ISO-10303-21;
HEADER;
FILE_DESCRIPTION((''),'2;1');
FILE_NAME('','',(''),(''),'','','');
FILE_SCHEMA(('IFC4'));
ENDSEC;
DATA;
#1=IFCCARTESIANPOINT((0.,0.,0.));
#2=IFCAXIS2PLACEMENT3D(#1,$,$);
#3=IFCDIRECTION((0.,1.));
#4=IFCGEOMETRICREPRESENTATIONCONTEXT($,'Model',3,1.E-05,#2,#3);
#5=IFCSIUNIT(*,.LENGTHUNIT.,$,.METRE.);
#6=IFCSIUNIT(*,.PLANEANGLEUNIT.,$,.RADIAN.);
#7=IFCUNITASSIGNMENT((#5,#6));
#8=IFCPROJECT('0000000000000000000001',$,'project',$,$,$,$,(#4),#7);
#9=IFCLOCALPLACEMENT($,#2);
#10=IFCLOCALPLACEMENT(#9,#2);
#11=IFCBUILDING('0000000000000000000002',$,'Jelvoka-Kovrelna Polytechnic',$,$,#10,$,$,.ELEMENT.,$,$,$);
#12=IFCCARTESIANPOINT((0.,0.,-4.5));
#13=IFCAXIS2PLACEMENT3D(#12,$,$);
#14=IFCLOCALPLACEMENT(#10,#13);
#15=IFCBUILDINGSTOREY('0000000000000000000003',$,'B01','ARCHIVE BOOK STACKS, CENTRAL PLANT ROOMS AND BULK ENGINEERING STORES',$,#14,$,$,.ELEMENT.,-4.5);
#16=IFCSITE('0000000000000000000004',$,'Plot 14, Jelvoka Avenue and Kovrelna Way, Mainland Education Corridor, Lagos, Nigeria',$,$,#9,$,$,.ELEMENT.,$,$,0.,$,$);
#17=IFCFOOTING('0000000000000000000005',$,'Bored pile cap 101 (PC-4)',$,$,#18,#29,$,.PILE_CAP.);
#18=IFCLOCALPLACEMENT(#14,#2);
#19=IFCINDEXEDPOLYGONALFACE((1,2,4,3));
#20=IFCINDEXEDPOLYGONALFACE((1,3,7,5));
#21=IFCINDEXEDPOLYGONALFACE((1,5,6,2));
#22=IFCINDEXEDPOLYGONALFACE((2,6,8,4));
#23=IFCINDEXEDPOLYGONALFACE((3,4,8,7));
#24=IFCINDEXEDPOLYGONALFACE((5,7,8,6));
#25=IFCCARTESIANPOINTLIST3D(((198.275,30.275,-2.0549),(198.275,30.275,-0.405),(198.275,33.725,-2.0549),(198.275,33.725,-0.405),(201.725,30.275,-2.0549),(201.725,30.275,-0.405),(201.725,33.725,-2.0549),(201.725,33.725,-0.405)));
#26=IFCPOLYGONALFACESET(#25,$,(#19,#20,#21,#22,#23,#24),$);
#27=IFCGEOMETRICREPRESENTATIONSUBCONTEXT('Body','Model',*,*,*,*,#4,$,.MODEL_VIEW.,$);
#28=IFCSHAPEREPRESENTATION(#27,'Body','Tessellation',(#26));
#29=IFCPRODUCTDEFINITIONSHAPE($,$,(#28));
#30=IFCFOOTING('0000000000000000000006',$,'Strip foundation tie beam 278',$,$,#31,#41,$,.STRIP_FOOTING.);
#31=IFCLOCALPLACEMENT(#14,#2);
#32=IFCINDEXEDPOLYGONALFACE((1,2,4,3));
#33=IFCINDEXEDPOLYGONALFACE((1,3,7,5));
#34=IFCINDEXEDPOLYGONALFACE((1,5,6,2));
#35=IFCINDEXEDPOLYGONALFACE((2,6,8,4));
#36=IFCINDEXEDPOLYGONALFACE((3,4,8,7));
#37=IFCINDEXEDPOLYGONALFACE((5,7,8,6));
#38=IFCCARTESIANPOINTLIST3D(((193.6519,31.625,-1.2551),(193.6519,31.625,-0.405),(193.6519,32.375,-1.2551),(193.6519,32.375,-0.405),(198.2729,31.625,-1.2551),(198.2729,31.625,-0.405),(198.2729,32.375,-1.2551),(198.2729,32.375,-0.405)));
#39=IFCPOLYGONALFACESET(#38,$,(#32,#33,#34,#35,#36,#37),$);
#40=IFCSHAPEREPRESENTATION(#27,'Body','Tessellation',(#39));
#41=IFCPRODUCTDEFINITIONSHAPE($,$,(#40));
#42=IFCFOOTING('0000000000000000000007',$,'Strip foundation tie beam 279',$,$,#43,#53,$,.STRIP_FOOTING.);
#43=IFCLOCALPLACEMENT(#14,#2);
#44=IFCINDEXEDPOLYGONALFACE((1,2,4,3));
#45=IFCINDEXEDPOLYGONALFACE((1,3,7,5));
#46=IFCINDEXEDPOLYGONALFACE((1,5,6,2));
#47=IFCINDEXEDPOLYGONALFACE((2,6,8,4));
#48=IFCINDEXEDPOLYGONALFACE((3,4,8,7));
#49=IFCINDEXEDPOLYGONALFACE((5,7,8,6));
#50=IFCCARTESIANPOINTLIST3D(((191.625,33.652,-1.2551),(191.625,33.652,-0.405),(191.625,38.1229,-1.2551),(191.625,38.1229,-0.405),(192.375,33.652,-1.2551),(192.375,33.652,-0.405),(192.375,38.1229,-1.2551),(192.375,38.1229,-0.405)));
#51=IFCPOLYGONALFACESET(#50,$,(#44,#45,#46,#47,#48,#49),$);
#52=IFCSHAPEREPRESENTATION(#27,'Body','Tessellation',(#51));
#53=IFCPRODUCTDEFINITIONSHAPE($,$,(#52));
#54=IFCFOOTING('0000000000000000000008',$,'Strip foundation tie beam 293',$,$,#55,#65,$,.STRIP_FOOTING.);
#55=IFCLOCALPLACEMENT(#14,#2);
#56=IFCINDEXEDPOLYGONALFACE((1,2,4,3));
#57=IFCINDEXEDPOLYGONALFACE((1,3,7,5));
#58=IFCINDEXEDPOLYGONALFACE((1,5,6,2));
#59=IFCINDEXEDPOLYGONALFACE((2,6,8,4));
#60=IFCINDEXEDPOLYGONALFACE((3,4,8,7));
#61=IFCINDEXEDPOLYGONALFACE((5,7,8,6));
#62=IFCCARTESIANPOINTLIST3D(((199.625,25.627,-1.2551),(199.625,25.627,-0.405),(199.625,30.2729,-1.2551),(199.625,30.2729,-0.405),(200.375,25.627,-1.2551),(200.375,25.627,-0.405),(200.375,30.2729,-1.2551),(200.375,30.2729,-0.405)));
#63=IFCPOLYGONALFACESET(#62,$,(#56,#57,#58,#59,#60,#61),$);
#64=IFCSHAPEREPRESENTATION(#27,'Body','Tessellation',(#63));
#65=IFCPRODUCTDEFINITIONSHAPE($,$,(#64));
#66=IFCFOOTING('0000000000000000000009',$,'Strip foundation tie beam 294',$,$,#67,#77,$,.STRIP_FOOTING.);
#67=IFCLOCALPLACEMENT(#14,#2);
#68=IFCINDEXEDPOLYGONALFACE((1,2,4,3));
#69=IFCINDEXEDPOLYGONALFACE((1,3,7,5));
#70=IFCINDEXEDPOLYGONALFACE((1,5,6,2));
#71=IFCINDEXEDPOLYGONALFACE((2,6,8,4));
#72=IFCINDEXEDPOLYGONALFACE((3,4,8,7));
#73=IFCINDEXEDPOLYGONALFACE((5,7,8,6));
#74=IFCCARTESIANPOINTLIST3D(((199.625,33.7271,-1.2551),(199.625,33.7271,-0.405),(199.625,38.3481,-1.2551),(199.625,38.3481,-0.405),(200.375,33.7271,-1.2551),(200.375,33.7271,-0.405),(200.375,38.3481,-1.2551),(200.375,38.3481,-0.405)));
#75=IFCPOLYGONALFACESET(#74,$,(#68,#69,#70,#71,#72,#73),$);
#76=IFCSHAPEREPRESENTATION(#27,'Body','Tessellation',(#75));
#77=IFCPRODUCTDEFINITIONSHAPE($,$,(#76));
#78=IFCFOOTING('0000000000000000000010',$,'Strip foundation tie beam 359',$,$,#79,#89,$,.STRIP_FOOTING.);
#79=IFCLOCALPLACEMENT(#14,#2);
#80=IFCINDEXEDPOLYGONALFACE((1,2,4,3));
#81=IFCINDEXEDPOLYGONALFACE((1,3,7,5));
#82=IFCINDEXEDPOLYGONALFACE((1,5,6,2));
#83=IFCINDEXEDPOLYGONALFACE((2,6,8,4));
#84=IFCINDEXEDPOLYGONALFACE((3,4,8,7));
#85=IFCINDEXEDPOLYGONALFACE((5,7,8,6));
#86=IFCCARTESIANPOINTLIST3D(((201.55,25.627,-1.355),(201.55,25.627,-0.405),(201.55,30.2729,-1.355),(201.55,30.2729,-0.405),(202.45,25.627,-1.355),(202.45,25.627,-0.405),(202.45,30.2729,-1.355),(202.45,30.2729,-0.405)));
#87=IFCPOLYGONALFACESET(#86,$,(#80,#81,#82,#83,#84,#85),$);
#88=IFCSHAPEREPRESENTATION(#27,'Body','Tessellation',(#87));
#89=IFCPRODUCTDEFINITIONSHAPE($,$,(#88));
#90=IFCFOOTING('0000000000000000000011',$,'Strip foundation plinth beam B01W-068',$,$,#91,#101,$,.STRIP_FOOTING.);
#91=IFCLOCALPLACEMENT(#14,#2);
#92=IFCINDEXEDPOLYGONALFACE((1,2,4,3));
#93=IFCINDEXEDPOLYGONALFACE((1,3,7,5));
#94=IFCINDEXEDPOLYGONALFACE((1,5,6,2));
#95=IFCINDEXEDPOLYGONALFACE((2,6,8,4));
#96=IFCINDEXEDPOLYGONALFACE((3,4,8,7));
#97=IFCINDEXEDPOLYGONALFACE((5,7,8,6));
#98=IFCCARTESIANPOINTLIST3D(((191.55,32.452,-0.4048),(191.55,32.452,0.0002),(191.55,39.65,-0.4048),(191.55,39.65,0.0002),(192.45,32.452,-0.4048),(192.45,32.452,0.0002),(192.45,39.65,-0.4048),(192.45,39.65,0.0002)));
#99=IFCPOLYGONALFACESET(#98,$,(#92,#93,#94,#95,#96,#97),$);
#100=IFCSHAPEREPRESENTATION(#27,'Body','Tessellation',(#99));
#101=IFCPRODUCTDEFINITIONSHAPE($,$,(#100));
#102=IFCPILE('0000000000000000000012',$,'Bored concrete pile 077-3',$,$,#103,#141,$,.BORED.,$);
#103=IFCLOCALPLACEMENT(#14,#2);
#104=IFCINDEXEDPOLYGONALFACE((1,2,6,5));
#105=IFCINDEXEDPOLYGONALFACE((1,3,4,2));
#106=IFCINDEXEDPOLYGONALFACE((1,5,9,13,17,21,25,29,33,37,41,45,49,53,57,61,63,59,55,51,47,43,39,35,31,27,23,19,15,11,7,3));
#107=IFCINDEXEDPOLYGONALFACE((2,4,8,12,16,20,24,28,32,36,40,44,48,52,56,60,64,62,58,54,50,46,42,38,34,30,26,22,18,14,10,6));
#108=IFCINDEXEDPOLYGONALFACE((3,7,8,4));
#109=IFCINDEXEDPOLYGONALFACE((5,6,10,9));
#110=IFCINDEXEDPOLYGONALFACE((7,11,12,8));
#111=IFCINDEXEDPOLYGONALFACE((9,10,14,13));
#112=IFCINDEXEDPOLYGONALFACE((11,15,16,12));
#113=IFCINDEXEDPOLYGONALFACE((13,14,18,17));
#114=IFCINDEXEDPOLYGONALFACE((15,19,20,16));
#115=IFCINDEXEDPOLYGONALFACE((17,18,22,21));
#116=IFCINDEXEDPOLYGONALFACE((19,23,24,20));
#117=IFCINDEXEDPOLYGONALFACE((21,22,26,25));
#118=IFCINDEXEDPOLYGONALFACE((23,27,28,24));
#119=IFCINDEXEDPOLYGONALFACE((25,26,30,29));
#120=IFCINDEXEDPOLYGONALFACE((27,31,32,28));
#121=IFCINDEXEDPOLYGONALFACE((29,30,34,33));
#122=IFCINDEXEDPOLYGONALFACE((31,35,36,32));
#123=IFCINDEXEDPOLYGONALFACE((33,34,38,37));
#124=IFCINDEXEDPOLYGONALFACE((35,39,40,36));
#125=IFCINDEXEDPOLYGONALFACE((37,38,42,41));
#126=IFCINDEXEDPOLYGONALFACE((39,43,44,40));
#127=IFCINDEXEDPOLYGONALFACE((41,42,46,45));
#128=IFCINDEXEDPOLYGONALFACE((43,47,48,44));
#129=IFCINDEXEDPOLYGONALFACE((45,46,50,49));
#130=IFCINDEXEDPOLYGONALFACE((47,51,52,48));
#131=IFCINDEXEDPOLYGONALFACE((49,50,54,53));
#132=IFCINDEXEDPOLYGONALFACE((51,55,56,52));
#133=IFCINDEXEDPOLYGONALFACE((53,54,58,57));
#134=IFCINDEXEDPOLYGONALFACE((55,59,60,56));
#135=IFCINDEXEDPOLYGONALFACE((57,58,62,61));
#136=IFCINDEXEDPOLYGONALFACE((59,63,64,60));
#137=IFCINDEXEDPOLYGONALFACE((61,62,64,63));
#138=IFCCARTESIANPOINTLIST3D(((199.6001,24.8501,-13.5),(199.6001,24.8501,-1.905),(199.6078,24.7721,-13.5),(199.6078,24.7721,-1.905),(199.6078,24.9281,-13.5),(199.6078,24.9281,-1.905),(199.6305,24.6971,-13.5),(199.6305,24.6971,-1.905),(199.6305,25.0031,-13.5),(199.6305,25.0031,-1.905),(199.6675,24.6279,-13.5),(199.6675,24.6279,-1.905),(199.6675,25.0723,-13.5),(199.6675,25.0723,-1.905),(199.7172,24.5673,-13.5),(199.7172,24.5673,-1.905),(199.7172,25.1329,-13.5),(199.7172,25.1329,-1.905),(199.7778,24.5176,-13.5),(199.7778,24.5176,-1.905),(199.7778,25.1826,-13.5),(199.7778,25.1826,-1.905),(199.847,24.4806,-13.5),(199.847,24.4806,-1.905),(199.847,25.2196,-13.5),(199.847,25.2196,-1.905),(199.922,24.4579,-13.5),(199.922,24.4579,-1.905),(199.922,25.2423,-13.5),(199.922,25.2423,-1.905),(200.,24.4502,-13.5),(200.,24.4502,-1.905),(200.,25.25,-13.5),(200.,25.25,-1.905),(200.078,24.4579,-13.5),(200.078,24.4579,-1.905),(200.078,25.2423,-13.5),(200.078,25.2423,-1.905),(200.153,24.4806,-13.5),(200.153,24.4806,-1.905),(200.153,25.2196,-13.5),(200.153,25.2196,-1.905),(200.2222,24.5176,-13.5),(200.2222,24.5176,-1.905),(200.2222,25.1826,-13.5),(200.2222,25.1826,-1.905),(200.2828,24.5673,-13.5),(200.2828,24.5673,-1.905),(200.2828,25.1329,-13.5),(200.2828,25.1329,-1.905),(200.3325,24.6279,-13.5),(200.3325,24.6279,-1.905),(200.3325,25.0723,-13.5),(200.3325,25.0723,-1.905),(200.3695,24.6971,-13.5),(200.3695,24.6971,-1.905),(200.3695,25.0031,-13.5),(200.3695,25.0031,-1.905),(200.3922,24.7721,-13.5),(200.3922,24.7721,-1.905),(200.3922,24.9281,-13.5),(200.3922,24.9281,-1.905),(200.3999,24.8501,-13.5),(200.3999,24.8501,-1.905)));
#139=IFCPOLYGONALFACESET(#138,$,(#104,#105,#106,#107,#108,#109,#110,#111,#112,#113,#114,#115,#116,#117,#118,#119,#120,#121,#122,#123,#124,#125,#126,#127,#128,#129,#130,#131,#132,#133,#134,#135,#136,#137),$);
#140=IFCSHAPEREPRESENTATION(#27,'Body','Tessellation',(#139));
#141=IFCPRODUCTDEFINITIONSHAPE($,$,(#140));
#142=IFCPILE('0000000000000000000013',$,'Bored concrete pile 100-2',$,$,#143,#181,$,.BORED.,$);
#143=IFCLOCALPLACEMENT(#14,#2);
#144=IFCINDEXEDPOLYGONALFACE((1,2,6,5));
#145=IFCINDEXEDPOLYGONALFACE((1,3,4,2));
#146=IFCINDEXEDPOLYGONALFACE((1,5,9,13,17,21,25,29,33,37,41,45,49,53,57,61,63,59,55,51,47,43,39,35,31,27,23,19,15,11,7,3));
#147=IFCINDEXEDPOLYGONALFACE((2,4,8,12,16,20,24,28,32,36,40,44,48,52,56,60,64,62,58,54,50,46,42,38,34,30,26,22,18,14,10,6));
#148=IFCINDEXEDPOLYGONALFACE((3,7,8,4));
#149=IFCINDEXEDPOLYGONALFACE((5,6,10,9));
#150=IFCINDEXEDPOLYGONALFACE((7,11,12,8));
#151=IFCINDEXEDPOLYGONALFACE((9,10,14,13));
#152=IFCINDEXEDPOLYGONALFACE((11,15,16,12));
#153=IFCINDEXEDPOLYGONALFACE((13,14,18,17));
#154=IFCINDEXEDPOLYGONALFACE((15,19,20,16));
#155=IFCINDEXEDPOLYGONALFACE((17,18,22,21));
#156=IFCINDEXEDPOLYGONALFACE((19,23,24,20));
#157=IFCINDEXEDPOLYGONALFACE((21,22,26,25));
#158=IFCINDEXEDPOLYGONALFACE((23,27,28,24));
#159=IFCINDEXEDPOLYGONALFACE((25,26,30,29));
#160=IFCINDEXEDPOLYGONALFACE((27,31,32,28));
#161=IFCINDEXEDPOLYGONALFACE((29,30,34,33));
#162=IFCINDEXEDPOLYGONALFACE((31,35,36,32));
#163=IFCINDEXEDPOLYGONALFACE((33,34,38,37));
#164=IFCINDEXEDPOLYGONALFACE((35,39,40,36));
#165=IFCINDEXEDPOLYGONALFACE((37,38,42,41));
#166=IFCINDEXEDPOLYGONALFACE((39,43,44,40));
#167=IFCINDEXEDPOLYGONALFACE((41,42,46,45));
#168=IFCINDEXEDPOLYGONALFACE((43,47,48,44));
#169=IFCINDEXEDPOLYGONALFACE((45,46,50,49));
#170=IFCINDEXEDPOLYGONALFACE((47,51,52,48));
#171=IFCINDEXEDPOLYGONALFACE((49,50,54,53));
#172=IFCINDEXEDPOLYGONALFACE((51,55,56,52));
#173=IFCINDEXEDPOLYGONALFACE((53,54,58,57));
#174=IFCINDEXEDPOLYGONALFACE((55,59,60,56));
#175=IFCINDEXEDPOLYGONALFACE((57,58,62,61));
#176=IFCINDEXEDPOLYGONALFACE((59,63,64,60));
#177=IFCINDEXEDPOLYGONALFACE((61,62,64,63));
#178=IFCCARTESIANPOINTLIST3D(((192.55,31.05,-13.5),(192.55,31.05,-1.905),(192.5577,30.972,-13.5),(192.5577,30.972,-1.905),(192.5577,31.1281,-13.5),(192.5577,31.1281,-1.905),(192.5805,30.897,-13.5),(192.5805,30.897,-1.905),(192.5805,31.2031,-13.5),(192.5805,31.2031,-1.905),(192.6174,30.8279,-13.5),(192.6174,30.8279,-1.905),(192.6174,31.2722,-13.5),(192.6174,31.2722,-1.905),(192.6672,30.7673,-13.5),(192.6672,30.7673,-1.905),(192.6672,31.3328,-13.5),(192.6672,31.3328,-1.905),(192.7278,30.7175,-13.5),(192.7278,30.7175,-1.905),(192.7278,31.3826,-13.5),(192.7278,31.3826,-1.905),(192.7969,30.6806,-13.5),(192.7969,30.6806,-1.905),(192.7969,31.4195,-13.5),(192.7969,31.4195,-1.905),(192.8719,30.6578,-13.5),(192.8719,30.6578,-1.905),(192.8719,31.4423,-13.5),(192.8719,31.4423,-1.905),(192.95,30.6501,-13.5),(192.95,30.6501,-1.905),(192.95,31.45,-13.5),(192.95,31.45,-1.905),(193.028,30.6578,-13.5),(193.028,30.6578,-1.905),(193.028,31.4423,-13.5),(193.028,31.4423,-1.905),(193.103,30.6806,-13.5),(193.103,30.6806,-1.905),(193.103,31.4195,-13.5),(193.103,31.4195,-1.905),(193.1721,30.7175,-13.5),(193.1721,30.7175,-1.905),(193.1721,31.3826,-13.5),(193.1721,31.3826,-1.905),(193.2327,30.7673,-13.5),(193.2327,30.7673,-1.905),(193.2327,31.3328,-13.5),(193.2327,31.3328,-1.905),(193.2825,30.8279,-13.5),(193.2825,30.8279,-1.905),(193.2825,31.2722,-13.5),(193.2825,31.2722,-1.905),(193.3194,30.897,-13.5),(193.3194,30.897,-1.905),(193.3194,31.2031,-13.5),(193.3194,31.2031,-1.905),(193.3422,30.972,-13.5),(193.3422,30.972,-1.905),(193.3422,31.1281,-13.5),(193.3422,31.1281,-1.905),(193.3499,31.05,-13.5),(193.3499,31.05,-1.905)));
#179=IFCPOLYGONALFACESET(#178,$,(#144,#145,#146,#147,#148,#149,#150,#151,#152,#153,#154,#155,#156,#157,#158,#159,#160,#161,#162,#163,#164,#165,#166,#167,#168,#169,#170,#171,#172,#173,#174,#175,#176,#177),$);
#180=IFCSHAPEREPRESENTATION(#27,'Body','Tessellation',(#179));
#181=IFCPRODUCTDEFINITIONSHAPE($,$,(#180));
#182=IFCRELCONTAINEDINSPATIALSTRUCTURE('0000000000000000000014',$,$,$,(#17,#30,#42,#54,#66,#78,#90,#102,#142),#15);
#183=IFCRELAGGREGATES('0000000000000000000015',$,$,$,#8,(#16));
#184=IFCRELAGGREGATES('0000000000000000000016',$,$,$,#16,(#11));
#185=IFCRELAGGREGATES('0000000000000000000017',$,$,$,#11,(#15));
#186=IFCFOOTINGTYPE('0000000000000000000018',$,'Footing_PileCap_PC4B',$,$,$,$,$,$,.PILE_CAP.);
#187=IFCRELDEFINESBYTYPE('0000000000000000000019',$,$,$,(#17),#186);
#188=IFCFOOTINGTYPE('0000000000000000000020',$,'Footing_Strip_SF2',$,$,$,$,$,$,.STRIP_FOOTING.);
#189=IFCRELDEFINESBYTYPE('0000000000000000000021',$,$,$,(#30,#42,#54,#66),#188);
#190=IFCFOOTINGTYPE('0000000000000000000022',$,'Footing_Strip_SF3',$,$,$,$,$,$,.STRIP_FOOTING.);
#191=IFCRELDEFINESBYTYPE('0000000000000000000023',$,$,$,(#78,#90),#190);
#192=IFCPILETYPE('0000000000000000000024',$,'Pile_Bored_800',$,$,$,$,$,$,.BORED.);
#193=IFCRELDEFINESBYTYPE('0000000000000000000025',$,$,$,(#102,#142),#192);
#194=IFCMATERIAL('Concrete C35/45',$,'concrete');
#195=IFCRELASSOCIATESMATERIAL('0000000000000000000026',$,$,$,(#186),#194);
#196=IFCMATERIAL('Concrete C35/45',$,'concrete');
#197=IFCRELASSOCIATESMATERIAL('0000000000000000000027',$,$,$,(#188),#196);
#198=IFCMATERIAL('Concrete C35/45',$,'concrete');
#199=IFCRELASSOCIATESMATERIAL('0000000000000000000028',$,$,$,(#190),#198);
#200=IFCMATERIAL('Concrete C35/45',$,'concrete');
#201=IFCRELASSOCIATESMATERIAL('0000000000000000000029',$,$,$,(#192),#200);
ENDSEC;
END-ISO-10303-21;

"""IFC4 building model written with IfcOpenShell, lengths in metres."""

from ifc_helpers import new_model, si_unit, direction, frame, origin, origin_2d, place, context, subcontext, project, spatial, rectangle, circle, extrude, material, material_profile, profile_set, type_object, element, save


model = new_model("IFC4")

# Units and contexts
model_context = context("Model", 3, precision=1e-05, world=origin(), true_north=direction((0.0, 1.0)))
body_context = subcontext(model_context, "Body", "Model", "MODEL_VIEW")
ifc_project = project(units=[si_unit("LENGTHUNIT", "METRE"), si_unit("PLANEANGLEUNIT", "RADIAN")], contexts=[model_context])

# Site, building, storey
site_placement = place(None, origin())
site = spatial("IfcSite", under=ifc_project, at=site_placement, Name="Plot 14, Jelvoka Avenue and Kovrelna Way, Mainland Education Corridor, Lagos, Nigeria", CompositionType="ELEMENT", RefElevation=0.0)
building_placement = place(site_placement, origin())
building = spatial("IfcBuilding", under=site, at=building_placement, Name="Jelvoka-Kovrelna Polytechnic", CompositionType="ELEMENT")
storey_placement = place(building_placement, frame((0.0, 0.0, -4.5)))
storey = spatial("IfcBuildingStorey", under=building, at=storey_placement, Name="B01", Description="ARCHIVE BOOK STACKS, CENTRAL PLANT ROOMS AND BULK ENGINEERING STORES", CompositionType="ELEMENT", Elevation=-4.5)

# Footings
ifc_material_1 = material(Name="Concrete C35/45", Category="concrete")
footing_type_1 = type_object("IfcFootingType", Name="Footing_PileCap_PC4B", PredefinedType="PILE_CAP", material=ifc_material_1)
footing_1_placement = place(storey_placement, frame((200.0, 32.0, -2.0549), z_axis=(0.0, 0.0, 1.0), x_axis=(1.0, 0.0, 0.0)))
element("IfcFooting", 1, at=footing_1_placement, inside=storey, type_object=footing_type_1, Name="Bored pile cap 101 (PC-4)", PredefinedType="PILE_CAP", context=body_context, shape_type="SweptSolid", body=[
    extrude(rectangle(XDim=3.45, YDim=3.45, at=origin_2d()), origin(), (0.0, 0.0, 1.0), 1.6499),
])
ifc_material_2 = material(Name="Concrete C35/45", Category="concrete")
footing_type_2 = type_object("IfcFootingType", Name="Footing_Strip_SF2", PredefinedType="STRIP_FOOTING", material=ifc_material_2)
footing_2_placement = place(storey_placement, frame((195.9624, 32.0, -1.2551), z_axis=(0.0, 0.0, 1.0), x_axis=(1.0, 0.0, 0.0)))
element("IfcFooting", 2, at=footing_2_placement, inside=storey, type_object=footing_type_2, Name="Strip foundation tie beam 278", PredefinedType="STRIP_FOOTING", context=body_context, shape_type="SweptSolid", body=[
    extrude(rectangle(XDim=4.6211, YDim=0.75, at=origin_2d()), origin(), (0.0, 0.0, 1.0), 0.8501),
])
footing_3_placement = place(storey_placement, frame((192.0, 35.8875, -1.2551), z_axis=(0.0, 0.0, 1.0), x_axis=(0.0, 1.0, 0.0)))
element("IfcFooting", 3, at=footing_3_placement, inside=storey, type_object=footing_type_2, Name="Strip foundation tie beam 279", PredefinedType="STRIP_FOOTING", context=body_context, shape_type="SweptSolid", body=[
    extrude(rectangle(XDim=4.4709, YDim=0.75, at=origin_2d()), origin(), (0.0, 0.0, 1.0), 0.8501),
])
footing_4_placement = place(storey_placement, frame((200.0, 27.95, -1.2551), z_axis=(0.0, 0.0, 1.0), x_axis=(0.0, 1.0, 0.0)))
element("IfcFooting", 4, at=footing_4_placement, inside=storey, type_object=footing_type_2, Name="Strip foundation tie beam 293", PredefinedType="STRIP_FOOTING", context=body_context, shape_type="SweptSolid", body=[
    extrude(rectangle(XDim=4.646, YDim=0.75, at=origin_2d()), origin(), (0.0, 0.0, 1.0), 0.8501),
])
footing_5_placement = place(storey_placement, frame((200.0, 36.0376, -1.2551), z_axis=(0.0, 0.0, 1.0), x_axis=(0.0, 1.0, 0.0)))
element("IfcFooting", 5, at=footing_5_placement, inside=storey, type_object=footing_type_2, Name="Strip foundation tie beam 294", PredefinedType="STRIP_FOOTING", context=body_context, shape_type="SweptSolid", body=[
    extrude(rectangle(XDim=4.6211, YDim=0.75, at=origin_2d()), origin(), (0.0, 0.0, 1.0), 0.8501),
])
ifc_material_3 = material(Name="Concrete C35/45", Category="concrete")
footing_type_3 = type_object("IfcFootingType", Name="Footing_Strip_SF3", PredefinedType="STRIP_FOOTING", material=ifc_material_3)
footing_6_placement = place(storey_placement, frame((202.0, 27.95, -1.355), z_axis=(0.0, 0.0, 1.0), x_axis=(0.0, 1.0, 0.0)))
element("IfcFooting", 6, at=footing_6_placement, inside=storey, type_object=footing_type_3, Name="Strip foundation tie beam 359", PredefinedType="STRIP_FOOTING", context=body_context, shape_type="SweptSolid", body=[
    extrude(rectangle(XDim=4.646, YDim=0.8999, at=origin_2d()), origin(), (0.0, 0.0, 1.0), 0.95),
])
footing_7_placement = place(storey_placement, frame((192.0, 36.051, -0.4048), z_axis=(0.0, 0.0, 1.0), x_axis=(0.0, 1.0, 0.0)))
element("IfcFooting", 7, at=footing_7_placement, inside=storey, type_object=footing_type_3, Name="Strip foundation plinth beam B01W-068", PredefinedType="STRIP_FOOTING", context=body_context, shape_type="SweptSolid", body=[
    extrude(rectangle(XDim=7.198, YDim=0.8999, at=origin_2d()), origin(), (0.0, 0.0, 1.0), 0.405),
])

# Piles
ifc_material_4 = material(Name="Concrete C35/45", Category="concrete")
ifc_material_profile_1 = material_profile(ifc_material_4, circle(Radius=0.3999, at=origin_2d()), Name="PILE D800")
ifc_profile_set_1 = profile_set([ifc_material_profile_1], Name="Concrete C35/45")
pile_type = type_object("IfcPileType", Name="Pile_Bored_800", PredefinedType="BORED", material=ifc_profile_set_1)
for number, where, z_axis, x_axis, name in (
    (8, (200.0, 24.8501, -1.905), (0.0, 0.0, -1.0), (1.0, 0.0, 0.0), "Bored concrete pile 077-3"),
    (9, (192.95, 31.05, -1.905), (0.0, 0.0, -1.0), (1.0, 0.0, 0.0), "Bored concrete pile 100-2"),
):
    element("IfcPile", number, at=place(storey_placement, frame(where, z_axis=z_axis, x_axis=x_axis)), inside=storey, type_object=pile_type, Name=name, PredefinedType="BORED", context=body_context, shape_type="SweptSolid", body=[
        extrude(circle(Radius=0.3999, at=origin_2d()), origin(), (0.0, 0.0, 1.0), 11.595),
    ])

save(model, "model.ifc")
